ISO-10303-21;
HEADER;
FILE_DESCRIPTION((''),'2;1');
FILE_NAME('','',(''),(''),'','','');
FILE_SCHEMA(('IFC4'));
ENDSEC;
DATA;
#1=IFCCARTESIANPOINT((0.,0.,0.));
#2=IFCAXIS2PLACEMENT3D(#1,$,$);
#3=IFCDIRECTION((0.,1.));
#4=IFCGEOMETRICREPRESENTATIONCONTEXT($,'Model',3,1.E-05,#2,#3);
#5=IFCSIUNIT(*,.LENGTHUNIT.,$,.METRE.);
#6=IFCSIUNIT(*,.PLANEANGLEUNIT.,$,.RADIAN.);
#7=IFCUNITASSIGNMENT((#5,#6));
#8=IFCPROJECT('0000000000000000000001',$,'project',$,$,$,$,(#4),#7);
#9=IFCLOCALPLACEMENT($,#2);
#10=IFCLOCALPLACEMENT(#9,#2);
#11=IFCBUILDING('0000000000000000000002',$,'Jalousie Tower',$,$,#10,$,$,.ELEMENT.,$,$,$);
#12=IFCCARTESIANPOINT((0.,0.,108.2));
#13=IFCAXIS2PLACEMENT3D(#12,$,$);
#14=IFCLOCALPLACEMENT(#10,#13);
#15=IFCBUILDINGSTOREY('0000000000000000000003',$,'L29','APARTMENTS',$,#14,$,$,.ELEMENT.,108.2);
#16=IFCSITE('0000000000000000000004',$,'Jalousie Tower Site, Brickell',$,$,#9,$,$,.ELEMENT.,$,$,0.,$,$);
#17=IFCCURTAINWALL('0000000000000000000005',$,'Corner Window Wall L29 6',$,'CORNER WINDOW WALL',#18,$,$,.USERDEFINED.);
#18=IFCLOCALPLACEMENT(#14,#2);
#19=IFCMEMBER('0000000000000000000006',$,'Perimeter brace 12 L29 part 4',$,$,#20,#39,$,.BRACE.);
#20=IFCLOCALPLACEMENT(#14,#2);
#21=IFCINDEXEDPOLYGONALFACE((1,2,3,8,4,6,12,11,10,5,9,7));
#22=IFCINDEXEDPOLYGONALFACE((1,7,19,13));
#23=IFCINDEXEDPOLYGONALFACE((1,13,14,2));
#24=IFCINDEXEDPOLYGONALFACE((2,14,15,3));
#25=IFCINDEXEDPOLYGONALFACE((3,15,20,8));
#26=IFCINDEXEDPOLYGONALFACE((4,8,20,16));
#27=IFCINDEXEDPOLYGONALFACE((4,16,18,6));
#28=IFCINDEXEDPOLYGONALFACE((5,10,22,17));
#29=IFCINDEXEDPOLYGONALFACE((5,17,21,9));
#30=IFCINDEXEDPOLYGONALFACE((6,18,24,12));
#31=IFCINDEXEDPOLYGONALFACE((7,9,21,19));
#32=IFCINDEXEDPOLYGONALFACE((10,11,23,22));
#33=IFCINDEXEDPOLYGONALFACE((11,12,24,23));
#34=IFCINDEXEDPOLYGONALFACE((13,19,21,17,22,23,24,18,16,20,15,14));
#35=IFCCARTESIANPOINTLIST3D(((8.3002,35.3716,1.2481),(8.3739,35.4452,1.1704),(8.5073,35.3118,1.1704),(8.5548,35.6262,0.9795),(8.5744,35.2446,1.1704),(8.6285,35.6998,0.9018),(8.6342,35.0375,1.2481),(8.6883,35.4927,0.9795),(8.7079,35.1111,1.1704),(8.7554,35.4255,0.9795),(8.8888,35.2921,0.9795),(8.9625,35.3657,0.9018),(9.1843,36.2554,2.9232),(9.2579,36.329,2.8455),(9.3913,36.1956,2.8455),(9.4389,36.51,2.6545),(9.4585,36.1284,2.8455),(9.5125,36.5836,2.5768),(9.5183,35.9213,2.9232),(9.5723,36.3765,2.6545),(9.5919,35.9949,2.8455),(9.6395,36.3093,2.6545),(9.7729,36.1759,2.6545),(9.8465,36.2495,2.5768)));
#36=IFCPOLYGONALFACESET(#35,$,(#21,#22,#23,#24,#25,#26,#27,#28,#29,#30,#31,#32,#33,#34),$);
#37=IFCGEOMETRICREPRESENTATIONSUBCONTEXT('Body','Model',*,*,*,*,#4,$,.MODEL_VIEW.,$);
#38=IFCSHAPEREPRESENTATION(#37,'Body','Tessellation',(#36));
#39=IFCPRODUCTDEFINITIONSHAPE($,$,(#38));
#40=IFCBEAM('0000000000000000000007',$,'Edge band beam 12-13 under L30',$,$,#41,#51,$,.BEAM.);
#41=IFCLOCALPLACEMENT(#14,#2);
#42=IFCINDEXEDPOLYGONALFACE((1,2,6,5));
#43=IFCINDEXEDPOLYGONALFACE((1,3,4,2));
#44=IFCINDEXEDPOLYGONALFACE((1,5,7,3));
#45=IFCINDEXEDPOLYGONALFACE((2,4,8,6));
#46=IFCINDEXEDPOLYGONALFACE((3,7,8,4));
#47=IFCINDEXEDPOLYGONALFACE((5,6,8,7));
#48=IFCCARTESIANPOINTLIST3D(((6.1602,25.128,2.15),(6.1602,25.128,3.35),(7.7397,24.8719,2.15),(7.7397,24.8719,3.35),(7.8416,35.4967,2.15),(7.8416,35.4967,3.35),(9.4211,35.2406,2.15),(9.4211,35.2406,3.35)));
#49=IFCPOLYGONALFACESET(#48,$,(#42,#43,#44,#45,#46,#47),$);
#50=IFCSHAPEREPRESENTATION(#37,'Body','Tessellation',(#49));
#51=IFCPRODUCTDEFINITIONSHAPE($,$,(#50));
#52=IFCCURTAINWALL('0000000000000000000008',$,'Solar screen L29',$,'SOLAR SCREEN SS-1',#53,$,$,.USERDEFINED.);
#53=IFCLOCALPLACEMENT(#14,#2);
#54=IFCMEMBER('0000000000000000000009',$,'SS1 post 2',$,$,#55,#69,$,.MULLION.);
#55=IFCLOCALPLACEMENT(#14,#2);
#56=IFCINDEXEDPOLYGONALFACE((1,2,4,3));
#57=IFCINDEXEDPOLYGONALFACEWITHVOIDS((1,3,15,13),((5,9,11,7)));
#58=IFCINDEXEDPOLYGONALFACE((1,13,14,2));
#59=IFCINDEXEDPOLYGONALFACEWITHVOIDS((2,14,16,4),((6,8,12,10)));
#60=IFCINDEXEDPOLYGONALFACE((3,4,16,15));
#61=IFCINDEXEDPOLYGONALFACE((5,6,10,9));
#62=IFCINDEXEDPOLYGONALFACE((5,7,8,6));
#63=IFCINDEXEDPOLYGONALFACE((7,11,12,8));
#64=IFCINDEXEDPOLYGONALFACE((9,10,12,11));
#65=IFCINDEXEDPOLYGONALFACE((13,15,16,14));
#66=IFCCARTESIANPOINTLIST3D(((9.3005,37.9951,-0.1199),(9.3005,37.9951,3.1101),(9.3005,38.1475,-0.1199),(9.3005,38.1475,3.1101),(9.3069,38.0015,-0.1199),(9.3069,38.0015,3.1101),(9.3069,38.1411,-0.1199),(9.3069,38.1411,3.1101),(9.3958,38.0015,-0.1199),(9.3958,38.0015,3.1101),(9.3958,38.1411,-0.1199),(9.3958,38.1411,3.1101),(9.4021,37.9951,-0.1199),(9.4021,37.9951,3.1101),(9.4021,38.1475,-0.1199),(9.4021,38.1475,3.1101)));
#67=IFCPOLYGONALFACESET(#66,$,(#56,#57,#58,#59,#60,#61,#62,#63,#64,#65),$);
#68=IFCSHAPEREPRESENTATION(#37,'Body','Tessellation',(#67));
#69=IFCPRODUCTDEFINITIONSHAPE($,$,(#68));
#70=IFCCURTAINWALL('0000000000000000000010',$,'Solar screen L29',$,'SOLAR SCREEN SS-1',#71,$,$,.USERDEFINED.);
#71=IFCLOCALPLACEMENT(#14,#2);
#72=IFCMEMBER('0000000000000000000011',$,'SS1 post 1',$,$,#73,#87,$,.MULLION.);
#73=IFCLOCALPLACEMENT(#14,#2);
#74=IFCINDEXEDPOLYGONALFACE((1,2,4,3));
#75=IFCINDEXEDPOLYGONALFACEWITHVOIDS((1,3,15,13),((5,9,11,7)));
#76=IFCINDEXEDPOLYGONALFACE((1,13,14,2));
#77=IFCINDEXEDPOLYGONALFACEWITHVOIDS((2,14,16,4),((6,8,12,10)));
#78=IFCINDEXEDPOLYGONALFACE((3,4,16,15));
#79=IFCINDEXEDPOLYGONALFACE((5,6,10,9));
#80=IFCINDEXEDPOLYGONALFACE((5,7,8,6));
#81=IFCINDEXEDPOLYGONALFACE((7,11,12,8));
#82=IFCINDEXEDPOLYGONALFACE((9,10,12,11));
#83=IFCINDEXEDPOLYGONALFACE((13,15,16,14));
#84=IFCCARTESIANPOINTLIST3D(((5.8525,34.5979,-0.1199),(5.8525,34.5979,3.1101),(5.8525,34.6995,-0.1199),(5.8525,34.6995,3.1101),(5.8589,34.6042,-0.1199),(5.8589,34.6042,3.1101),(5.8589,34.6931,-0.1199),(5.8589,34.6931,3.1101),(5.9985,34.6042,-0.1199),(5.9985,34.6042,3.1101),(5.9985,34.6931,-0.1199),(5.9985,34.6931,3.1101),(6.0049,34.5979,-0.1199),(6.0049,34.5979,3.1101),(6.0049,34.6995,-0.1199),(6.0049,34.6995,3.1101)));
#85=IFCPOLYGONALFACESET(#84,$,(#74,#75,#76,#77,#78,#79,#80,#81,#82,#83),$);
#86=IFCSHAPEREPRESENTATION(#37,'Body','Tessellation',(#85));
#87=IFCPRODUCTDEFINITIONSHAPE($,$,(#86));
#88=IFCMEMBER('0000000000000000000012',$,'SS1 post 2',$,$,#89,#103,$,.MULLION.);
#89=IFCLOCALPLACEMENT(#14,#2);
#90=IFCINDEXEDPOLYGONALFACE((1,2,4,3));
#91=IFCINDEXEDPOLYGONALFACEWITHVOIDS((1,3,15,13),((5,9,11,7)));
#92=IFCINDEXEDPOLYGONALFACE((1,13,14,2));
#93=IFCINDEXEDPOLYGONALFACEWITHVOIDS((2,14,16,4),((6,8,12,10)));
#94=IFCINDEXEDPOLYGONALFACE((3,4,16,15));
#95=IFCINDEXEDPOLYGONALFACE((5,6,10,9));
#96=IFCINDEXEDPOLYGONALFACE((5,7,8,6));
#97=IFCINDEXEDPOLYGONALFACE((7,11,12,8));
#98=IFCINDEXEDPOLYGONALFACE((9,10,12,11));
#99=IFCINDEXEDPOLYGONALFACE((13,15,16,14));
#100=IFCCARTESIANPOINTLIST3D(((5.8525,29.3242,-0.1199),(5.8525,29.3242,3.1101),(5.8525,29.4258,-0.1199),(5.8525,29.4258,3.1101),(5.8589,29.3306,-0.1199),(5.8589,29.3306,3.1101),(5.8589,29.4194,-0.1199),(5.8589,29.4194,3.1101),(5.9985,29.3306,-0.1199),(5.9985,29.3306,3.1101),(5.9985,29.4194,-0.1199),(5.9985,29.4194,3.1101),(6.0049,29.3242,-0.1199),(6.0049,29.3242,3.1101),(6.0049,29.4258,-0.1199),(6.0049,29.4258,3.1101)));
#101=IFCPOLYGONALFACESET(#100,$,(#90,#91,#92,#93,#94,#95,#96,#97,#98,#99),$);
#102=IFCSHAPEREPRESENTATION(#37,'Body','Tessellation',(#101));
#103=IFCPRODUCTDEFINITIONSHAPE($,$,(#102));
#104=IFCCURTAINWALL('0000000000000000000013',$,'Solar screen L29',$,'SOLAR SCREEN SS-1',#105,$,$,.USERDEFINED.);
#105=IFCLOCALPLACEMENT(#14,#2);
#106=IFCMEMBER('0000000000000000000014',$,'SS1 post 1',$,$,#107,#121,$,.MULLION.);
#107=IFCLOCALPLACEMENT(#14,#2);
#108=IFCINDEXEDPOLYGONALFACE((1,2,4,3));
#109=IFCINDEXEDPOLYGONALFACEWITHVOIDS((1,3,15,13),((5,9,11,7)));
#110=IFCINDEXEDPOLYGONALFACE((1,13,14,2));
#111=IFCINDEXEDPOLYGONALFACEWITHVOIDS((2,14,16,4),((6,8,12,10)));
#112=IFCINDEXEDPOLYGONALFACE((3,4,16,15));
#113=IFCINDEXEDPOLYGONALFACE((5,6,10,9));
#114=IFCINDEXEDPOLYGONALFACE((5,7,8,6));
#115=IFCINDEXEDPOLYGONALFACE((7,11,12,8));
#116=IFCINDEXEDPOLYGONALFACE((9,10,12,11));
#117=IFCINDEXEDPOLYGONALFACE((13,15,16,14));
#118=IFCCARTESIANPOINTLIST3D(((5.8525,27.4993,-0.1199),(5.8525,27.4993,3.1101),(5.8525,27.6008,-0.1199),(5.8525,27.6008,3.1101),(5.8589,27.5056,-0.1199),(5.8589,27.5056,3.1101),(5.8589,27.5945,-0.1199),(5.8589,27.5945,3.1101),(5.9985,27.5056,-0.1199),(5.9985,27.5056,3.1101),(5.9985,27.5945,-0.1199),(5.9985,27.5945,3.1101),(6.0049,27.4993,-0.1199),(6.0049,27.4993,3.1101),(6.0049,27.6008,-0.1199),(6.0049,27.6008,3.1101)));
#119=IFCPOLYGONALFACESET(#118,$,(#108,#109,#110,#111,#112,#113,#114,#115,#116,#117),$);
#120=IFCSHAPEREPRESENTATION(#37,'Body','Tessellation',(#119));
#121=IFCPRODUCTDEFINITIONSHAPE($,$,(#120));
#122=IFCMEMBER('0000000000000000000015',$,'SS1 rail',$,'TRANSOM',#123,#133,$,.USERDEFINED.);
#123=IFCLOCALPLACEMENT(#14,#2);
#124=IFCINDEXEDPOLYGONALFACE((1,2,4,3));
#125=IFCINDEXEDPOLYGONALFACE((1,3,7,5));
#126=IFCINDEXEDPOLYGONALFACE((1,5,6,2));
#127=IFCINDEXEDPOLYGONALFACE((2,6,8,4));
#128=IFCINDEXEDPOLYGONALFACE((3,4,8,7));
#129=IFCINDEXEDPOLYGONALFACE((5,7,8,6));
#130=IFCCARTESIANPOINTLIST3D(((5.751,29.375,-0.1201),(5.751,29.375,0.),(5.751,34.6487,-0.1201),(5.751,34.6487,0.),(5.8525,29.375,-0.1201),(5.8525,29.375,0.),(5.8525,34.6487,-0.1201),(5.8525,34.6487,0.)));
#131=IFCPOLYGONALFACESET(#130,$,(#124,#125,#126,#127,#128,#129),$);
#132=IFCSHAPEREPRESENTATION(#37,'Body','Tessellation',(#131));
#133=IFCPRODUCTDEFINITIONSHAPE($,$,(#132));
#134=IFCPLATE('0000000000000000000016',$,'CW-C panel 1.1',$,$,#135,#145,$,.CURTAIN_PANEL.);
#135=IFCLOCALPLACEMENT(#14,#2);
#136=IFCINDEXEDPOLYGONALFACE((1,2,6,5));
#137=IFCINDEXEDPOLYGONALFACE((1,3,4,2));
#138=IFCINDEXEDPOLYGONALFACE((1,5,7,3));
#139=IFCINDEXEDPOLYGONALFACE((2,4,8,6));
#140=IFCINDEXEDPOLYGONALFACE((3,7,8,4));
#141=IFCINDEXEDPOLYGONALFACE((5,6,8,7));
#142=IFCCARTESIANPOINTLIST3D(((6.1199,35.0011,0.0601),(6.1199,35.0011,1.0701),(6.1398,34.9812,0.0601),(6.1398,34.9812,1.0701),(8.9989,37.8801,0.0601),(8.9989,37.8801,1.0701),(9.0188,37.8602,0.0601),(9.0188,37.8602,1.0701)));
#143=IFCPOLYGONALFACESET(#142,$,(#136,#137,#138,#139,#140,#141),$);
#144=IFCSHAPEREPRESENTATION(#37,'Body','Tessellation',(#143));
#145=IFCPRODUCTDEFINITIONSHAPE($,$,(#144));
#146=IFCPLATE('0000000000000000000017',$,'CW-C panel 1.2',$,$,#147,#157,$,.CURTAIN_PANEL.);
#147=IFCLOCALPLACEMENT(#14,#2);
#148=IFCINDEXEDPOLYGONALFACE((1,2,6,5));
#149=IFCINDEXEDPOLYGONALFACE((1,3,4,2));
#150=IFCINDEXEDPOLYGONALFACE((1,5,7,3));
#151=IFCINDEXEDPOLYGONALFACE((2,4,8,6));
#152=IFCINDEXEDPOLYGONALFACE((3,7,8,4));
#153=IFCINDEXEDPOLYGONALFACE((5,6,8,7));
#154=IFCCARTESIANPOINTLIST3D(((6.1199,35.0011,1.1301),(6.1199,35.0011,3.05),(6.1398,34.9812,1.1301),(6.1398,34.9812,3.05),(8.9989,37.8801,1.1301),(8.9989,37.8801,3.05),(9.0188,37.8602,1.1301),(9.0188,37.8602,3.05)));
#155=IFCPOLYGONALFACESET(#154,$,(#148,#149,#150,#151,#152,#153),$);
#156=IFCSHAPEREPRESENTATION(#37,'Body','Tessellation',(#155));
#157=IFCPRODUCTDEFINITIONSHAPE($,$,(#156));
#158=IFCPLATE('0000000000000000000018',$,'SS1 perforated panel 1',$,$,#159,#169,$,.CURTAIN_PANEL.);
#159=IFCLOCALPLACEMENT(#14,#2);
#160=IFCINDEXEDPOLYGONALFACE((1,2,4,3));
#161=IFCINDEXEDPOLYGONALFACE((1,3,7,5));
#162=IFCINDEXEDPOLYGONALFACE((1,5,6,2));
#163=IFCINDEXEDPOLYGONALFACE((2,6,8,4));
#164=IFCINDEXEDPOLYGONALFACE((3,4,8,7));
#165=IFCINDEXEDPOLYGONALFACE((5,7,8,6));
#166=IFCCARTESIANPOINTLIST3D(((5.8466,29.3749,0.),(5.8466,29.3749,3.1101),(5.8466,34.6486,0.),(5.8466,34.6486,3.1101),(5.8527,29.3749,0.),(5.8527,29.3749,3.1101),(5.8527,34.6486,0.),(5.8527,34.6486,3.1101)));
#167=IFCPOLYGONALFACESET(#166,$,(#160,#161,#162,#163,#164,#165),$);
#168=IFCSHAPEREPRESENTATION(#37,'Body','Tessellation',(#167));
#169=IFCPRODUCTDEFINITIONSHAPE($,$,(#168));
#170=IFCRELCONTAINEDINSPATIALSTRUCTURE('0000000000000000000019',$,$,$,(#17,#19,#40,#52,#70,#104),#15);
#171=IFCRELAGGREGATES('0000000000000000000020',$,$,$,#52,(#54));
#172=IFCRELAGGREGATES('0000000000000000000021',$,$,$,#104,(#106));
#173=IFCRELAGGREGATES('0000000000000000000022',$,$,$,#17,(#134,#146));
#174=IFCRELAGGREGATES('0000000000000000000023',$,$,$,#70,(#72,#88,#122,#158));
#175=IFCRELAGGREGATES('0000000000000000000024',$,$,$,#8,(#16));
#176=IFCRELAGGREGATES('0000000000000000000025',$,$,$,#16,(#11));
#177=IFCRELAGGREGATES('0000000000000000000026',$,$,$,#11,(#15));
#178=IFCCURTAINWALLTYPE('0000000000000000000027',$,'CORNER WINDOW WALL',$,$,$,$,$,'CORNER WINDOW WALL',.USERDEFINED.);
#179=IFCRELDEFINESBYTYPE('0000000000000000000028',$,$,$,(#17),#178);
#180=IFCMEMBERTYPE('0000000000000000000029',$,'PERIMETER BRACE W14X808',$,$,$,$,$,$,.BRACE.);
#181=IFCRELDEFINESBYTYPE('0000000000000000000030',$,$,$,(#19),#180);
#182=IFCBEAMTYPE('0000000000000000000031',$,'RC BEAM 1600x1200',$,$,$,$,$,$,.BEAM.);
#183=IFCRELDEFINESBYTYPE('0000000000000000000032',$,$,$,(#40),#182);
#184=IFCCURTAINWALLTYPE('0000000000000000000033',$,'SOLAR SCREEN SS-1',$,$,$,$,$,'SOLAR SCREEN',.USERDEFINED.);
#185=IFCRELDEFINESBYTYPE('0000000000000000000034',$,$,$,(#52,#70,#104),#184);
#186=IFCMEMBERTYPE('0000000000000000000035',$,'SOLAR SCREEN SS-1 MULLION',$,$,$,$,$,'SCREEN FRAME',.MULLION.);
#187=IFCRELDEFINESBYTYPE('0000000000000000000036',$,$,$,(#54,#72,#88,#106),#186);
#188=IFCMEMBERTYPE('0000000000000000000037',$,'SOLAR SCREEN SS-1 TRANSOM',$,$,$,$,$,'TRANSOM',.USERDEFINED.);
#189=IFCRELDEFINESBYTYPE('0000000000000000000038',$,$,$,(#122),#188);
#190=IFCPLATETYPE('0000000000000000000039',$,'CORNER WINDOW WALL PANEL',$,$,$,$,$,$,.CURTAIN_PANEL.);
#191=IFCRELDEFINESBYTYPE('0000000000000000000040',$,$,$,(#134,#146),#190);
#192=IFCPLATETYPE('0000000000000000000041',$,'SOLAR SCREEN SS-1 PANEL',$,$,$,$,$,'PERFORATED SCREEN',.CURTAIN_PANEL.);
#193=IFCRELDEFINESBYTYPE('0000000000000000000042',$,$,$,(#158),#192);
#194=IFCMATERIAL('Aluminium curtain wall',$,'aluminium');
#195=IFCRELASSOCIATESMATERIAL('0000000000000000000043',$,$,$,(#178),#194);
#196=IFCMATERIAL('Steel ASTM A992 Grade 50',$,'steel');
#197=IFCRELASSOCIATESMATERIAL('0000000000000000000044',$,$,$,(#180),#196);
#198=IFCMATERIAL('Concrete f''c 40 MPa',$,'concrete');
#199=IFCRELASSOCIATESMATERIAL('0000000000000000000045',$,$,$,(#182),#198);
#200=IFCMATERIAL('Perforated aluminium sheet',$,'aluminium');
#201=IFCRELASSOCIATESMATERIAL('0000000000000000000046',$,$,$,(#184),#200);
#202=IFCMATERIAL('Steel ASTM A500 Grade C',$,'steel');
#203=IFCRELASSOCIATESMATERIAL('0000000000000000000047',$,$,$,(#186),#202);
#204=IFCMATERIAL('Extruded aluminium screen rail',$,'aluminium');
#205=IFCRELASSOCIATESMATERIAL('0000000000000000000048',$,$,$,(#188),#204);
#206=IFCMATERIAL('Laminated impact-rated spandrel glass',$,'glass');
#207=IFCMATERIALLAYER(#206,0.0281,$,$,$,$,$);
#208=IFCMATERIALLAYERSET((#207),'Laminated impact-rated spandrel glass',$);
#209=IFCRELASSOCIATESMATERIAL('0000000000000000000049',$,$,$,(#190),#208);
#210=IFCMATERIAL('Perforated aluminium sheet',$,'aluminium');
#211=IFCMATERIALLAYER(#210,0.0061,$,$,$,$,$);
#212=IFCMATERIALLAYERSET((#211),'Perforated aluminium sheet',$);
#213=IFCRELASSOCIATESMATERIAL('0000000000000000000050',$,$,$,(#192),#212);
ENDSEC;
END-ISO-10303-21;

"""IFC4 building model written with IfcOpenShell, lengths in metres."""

from ifc_helpers import new_model, si_unit, direction, frame, origin, origin_2d, place, context, subcontext, project, spatial, rectangle, hollow_rectangle, i_section, extrude, material, layer, layer_set, material_profile, profile_set, type_object, element, aggregate, save


model = new_model("IFC4")

# Units and contexts
model_context = context("Model", 3, precision=1e-05, world=origin(), true_north=direction((0.0, 1.0)))
body_context = subcontext(model_context, "Body", "Model", "MODEL_VIEW")
ifc_project = project(units=[si_unit("LENGTHUNIT", "METRE"), si_unit("PLANEANGLEUNIT", "RADIAN")], contexts=[model_context])

# Site, building, storey
site_placement = place(None, origin())
site = spatial("IfcSite", under=ifc_project, at=site_placement, Name="Jalousie Tower Site, Brickell", CompositionType="ELEMENT", RefElevation=0.0)
building_placement = place(site_placement, origin())
building = spatial("IfcBuilding", under=site, at=building_placement, Name="Jalousie Tower", CompositionType="ELEMENT")
storey_placement = place(building_placement, frame((0.0, 0.0, 108.2)))
storey = spatial("IfcBuildingStorey", under=building, at=storey_placement, Name="L29", Description="APARTMENTS", CompositionType="ELEMENT", Elevation=108.2)

# Curtain wall
ifc_material_1 = material(Name="Aluminium curtain wall", Category="aluminium")
curtain_wall_type_1 = type_object("IfcCurtainWallType", Name="CORNER WINDOW WALL", ElementType="CORNER WINDOW WALL", PredefinedType="USERDEFINED", material=ifc_material_1)
curtain_wall_1_placement = place(storey_placement, origin())
curtain_wall_1 = element("IfcCurtainWall", 1, at=curtain_wall_1_placement, inside=storey, type_object=curtain_wall_type_1, Name="Corner Window Wall L29 6", ObjectType="CORNER WINDOW WALL", PredefinedType="USERDEFINED")

# Member
ifc_material_2 = material(Name="Steel ASTM A992 Grade 50", Category="steel")
ifc_material_profile_1 = material_profile(ifc_material_2, i_section(OverallWidth=0.4724, OverallDepth=0.5791, WebThickness=0.095, FlangeThickness=0.1299, at=origin_2d()), Name="W14X808")
ifc_profile_set_1 = profile_set([ifc_material_profile_1], Name="Steel ASTM A992 Grade 50")
member_type_1 = type_object("IfcMemberType", Name="PERIMETER BRACE W14X808", PredefinedType="BRACE", material=ifc_profile_set_1)
member_1_placement = place(storey_placement, frame((8.6313, 35.3687, 1.075), z_axis=(0.422969, 0.422852, 0.801432), x_axis=(-0.707009, 0.707204, 0.0)))
element("IfcMember", 2, at=member_1_placement, inside=storey, type_object=member_type_1, Name="Perimeter brace 12 L29 part 4", PredefinedType="BRACE", context=body_context, shape_type="SweptSolid", body=[
    extrude(i_section(OverallWidth=0.4724, OverallDepth=0.5791, WebThickness=0.095, FlangeThickness=0.1299, at=origin_2d()), origin(), (0.0, 0.0, 1.0), 2.0901),
])

# Beam
ifc_material_3 = material(Name="Concrete f'c 40 MPa", Category="concrete")
ifc_material_profile_2 = material_profile(ifc_material_3, rectangle(XDim=1.6001, YDim=1.2, at=origin_2d()), Name="RC 1600x1200")
ifc_profile_set_2 = profile_set([ifc_material_profile_2], Name="Concrete f'c 40 MPa")
beam_type_1 = type_object("IfcBeamType", Name="RC BEAM 1600x1200", PredefinedType="BEAM", material=ifc_profile_set_2)
beam_1_placement = place(storey_placement, frame((8.6313, 35.3687, 2.75), z_axis=(-0.160071, -0.987106, 0.0), x_axis=(0.987106, -0.160071, 0.0)))
element("IfcBeam", 3, at=beam_1_placement, inside=storey, type_object=beam_type_1, Name="Edge band beam 12-13 under L30", PredefinedType="BEAM", context=body_context, shape_type="SweptSolid", body=[
    extrude(rectangle(XDim=1.6001, YDim=1.2, at=origin_2d()), origin(), (0.0, 0.0, 1.0), 10.5042),
])

# Curtain wall, member
ifc_material_4 = material(Name="Perforated aluminium sheet", Category="aluminium")
curtain_wall_type_2 = type_object("IfcCurtainWallType", Name="SOLAR SCREEN SS-1", ElementType="SOLAR SCREEN", PredefinedType="USERDEFINED", material=ifc_material_4)
curtain_wall_2_placement = place(storey_placement, origin())
curtain_wall_2 = element("IfcCurtainWall", 4, at=curtain_wall_2_placement, inside=storey, type_object=curtain_wall_type_2, Name="Solar screen L29", ObjectType="SOLAR SCREEN SS-1", PredefinedType="USERDEFINED")
ifc_material_5 = material(Name="Steel ASTM A500 Grade C", Category="steel")
ifc_material_profile_3 = material_profile(ifc_material_5, hollow_rectangle(XDim=0.1016, YDim=0.1523, WallThickness=0.0063, at=origin_2d()), Name="HSS6X4X1/4")
ifc_profile_set_3 = profile_set([ifc_material_profile_3], Name="Steel ASTM A500 Grade C")
member_type_2 = type_object("IfcMemberType", Name="SOLAR SCREEN SS-1 MULLION", ElementType="SCREEN FRAME", PredefinedType="MULLION", material=ifc_profile_set_3)
member_2_placement = place(storey_placement, frame((9.3513, 38.0713, -0.1199), z_axis=(0.0, 0.0, 1.0), x_axis=(-1.0, 0.0, 0.0)))
member_2 = element("IfcMember", 5, at=member_2_placement, type_object=member_type_2, Name="SS1 post 2", PredefinedType="MULLION", context=body_context, shape_type="SweptSolid", body=[
    extrude(hollow_rectangle(XDim=0.1016, YDim=0.1523, WallThickness=0.0063, at=origin_2d()), origin(), (0.0, 0.0, 1.0), 3.23),
])
aggregate(curtain_wall_2, [member_2])

# Curtain wall, members
curtain_wall_3_placement = place(storey_placement, origin())
curtain_wall_3 = element("IfcCurtainWall", 6, at=curtain_wall_3_placement, inside=storey, type_object=curtain_wall_type_2, Name="Solar screen L29", ObjectType="SOLAR SCREEN SS-1", PredefinedType="USERDEFINED")
member_3_placement = place(storey_placement, frame((5.9287, 34.6487, -0.1199), z_axis=(0.0, 0.0, 1.0), x_axis=(0.0, -1.0, 0.0)))
member_3 = element("IfcMember", 7, at=member_3_placement, type_object=member_type_2, Name="SS1 post 1", PredefinedType="MULLION", context=body_context, shape_type="SweptSolid", body=[
    extrude(hollow_rectangle(XDim=0.1016, YDim=0.1523, WallThickness=0.0063, at=origin_2d()), origin(), (0.0, 0.0, 1.0), 3.23),
])
member_4_placement = place(storey_placement, frame((5.9287, 29.375, -0.1199), z_axis=(0.0, 0.0, 1.0), x_axis=(0.0, -1.0, 0.0)))
member_4 = element("IfcMember", 8, at=member_4_placement, type_object=member_type_2, Name="SS1 post 2", PredefinedType="MULLION", context=body_context, shape_type="SweptSolid", body=[
    extrude(hollow_rectangle(XDim=0.1016, YDim=0.1523, WallThickness=0.0063, at=origin_2d()), origin(), (0.0, 0.0, 1.0), 3.23),
])

# Curtain wall, member
curtain_wall_4_placement = place(storey_placement, origin())
curtain_wall_4 = element("IfcCurtainWall", 9, at=curtain_wall_4_placement, inside=storey, type_object=curtain_wall_type_2, Name="Solar screen L29", ObjectType="SOLAR SCREEN SS-1", PredefinedType="USERDEFINED")
member_5_placement = place(storey_placement, frame((5.9287, 27.55, -0.1199), z_axis=(0.0, 0.0, 1.0), x_axis=(0.0, -1.0, 0.0)))
member_5 = element("IfcMember", 10, at=member_5_placement, type_object=member_type_2, Name="SS1 post 1", PredefinedType="MULLION", context=body_context, shape_type="SweptSolid", body=[
    extrude(hollow_rectangle(XDim=0.1016, YDim=0.1523, WallThickness=0.0063, at=origin_2d()), origin(), (0.0, 0.0, 1.0), 3.23),
])
aggregate(curtain_wall_4, [member_5])

# Member
ifc_material_6 = material(Name="Extruded aluminium screen rail", Category="aluminium")
ifc_material_profile_4 = material_profile(ifc_material_6, rectangle(XDim=0.1016, YDim=0.1201, at=origin_2d()), Name="RAIL 102x120")
ifc_profile_set_4 = profile_set([ifc_material_profile_4], Name="Extruded aluminium screen rail")
member_type_3 = type_object("IfcMemberType", Name="SOLAR SCREEN SS-1 TRANSOM", ElementType="TRANSOM", PredefinedType="USERDEFINED", material=ifc_profile_set_4)
member_6_placement = place(storey_placement, frame((5.8018, 34.6487, -0.0601), z_axis=(0.0, -1.0, 0.0), x_axis=(1.0, 0.0, 0.0)))
member_6 = element("IfcMember", 11, at=member_6_placement, type_object=member_type_3, Name="SS1 rail", ObjectType="TRANSOM", PredefinedType="USERDEFINED", context=body_context, shape_type="SweptSolid", body=[
    extrude(rectangle(XDim=0.1016, YDim=0.1201, at=origin_2d()), origin(), (0.0, 0.0, 1.0), 5.2737),
])

# Plates
ifc_material_7 = material(Name="Laminated impact-rated spandrel glass", Category="glass")
ifc_layer_1 = layer(ifc_material_7, 0.0281)
ifc_layer_set_1 = layer_set([ifc_layer_1], Name="Laminated impact-rated spandrel glass")
plate_type_1 = type_object("IfcPlateType", Name="CORNER WINDOW WALL PANEL", PredefinedType="CURTAIN_PANEL", material=ifc_layer_set_1)
plate_1_placement = place(storey_placement, frame((7.5693, 36.4307, 0.0601), z_axis=(0.0, 0.0, 1.0), x_axis=(-0.707107, -0.707107, 0.0)))
plate_1 = element("IfcPlate", 12, at=plate_1_placement, type_object=plate_type_1, Name="CW-C panel 1.1", PredefinedType="CURTAIN_PANEL", context=body_context, shape_type="SweptSolid", body=[
    extrude(rectangle(XDim=4.0715, YDim=0.0281, at=origin_2d()), origin(), (0.0, 0.0, 1.0), 1.01),
])
plate_2_placement = place(storey_placement, frame((7.5693, 36.4307, 1.1301), z_axis=(0.0, 0.0, 1.0), x_axis=(-0.707107, -0.707107, 0.0)))
plate_2 = element("IfcPlate", 13, at=plate_2_placement, type_object=plate_type_1, Name="CW-C panel 1.2", PredefinedType="CURTAIN_PANEL", context=body_context, shape_type="SweptSolid", body=[
    extrude(rectangle(XDim=4.0715, YDim=0.0281, at=origin_2d()), origin(), (0.0, 0.0, 1.0), 1.9199),
])
aggregate(curtain_wall_1, [plate_1, plate_2])
ifc_material_8 = material(Name="Perforated aluminium sheet", Category="aluminium")
ifc_layer_2 = layer(ifc_material_8, 0.0061)
ifc_layer_set_2 = layer_set([ifc_layer_2], Name="Perforated aluminium sheet")
plate_type_2 = type_object("IfcPlateType", Name="SOLAR SCREEN SS-1 PANEL", ElementType="PERFORATED SCREEN", PredefinedType="CURTAIN_PANEL", material=ifc_layer_set_2)
plate_3_placement = place(storey_placement, frame((5.8496, 32.0117, 0.0), z_axis=(0.0, 0.0, 1.0), x_axis=(0.0, -1.0, 0.0)))
plate_3 = element("IfcPlate", 14, at=plate_3_placement, type_object=plate_type_2, Name="SS1 perforated panel 1", PredefinedType="CURTAIN_PANEL", context=body_context, shape_type="SweptSolid", body=[
    extrude(rectangle(XDim=5.2737, YDim=0.0061, at=origin_2d()), origin(), (0.0, 0.0, 1.0), 3.1101),
])
aggregate(curtain_wall_3, [member_3, member_4, member_6, plate_3])

save(model, "model.ifc")
